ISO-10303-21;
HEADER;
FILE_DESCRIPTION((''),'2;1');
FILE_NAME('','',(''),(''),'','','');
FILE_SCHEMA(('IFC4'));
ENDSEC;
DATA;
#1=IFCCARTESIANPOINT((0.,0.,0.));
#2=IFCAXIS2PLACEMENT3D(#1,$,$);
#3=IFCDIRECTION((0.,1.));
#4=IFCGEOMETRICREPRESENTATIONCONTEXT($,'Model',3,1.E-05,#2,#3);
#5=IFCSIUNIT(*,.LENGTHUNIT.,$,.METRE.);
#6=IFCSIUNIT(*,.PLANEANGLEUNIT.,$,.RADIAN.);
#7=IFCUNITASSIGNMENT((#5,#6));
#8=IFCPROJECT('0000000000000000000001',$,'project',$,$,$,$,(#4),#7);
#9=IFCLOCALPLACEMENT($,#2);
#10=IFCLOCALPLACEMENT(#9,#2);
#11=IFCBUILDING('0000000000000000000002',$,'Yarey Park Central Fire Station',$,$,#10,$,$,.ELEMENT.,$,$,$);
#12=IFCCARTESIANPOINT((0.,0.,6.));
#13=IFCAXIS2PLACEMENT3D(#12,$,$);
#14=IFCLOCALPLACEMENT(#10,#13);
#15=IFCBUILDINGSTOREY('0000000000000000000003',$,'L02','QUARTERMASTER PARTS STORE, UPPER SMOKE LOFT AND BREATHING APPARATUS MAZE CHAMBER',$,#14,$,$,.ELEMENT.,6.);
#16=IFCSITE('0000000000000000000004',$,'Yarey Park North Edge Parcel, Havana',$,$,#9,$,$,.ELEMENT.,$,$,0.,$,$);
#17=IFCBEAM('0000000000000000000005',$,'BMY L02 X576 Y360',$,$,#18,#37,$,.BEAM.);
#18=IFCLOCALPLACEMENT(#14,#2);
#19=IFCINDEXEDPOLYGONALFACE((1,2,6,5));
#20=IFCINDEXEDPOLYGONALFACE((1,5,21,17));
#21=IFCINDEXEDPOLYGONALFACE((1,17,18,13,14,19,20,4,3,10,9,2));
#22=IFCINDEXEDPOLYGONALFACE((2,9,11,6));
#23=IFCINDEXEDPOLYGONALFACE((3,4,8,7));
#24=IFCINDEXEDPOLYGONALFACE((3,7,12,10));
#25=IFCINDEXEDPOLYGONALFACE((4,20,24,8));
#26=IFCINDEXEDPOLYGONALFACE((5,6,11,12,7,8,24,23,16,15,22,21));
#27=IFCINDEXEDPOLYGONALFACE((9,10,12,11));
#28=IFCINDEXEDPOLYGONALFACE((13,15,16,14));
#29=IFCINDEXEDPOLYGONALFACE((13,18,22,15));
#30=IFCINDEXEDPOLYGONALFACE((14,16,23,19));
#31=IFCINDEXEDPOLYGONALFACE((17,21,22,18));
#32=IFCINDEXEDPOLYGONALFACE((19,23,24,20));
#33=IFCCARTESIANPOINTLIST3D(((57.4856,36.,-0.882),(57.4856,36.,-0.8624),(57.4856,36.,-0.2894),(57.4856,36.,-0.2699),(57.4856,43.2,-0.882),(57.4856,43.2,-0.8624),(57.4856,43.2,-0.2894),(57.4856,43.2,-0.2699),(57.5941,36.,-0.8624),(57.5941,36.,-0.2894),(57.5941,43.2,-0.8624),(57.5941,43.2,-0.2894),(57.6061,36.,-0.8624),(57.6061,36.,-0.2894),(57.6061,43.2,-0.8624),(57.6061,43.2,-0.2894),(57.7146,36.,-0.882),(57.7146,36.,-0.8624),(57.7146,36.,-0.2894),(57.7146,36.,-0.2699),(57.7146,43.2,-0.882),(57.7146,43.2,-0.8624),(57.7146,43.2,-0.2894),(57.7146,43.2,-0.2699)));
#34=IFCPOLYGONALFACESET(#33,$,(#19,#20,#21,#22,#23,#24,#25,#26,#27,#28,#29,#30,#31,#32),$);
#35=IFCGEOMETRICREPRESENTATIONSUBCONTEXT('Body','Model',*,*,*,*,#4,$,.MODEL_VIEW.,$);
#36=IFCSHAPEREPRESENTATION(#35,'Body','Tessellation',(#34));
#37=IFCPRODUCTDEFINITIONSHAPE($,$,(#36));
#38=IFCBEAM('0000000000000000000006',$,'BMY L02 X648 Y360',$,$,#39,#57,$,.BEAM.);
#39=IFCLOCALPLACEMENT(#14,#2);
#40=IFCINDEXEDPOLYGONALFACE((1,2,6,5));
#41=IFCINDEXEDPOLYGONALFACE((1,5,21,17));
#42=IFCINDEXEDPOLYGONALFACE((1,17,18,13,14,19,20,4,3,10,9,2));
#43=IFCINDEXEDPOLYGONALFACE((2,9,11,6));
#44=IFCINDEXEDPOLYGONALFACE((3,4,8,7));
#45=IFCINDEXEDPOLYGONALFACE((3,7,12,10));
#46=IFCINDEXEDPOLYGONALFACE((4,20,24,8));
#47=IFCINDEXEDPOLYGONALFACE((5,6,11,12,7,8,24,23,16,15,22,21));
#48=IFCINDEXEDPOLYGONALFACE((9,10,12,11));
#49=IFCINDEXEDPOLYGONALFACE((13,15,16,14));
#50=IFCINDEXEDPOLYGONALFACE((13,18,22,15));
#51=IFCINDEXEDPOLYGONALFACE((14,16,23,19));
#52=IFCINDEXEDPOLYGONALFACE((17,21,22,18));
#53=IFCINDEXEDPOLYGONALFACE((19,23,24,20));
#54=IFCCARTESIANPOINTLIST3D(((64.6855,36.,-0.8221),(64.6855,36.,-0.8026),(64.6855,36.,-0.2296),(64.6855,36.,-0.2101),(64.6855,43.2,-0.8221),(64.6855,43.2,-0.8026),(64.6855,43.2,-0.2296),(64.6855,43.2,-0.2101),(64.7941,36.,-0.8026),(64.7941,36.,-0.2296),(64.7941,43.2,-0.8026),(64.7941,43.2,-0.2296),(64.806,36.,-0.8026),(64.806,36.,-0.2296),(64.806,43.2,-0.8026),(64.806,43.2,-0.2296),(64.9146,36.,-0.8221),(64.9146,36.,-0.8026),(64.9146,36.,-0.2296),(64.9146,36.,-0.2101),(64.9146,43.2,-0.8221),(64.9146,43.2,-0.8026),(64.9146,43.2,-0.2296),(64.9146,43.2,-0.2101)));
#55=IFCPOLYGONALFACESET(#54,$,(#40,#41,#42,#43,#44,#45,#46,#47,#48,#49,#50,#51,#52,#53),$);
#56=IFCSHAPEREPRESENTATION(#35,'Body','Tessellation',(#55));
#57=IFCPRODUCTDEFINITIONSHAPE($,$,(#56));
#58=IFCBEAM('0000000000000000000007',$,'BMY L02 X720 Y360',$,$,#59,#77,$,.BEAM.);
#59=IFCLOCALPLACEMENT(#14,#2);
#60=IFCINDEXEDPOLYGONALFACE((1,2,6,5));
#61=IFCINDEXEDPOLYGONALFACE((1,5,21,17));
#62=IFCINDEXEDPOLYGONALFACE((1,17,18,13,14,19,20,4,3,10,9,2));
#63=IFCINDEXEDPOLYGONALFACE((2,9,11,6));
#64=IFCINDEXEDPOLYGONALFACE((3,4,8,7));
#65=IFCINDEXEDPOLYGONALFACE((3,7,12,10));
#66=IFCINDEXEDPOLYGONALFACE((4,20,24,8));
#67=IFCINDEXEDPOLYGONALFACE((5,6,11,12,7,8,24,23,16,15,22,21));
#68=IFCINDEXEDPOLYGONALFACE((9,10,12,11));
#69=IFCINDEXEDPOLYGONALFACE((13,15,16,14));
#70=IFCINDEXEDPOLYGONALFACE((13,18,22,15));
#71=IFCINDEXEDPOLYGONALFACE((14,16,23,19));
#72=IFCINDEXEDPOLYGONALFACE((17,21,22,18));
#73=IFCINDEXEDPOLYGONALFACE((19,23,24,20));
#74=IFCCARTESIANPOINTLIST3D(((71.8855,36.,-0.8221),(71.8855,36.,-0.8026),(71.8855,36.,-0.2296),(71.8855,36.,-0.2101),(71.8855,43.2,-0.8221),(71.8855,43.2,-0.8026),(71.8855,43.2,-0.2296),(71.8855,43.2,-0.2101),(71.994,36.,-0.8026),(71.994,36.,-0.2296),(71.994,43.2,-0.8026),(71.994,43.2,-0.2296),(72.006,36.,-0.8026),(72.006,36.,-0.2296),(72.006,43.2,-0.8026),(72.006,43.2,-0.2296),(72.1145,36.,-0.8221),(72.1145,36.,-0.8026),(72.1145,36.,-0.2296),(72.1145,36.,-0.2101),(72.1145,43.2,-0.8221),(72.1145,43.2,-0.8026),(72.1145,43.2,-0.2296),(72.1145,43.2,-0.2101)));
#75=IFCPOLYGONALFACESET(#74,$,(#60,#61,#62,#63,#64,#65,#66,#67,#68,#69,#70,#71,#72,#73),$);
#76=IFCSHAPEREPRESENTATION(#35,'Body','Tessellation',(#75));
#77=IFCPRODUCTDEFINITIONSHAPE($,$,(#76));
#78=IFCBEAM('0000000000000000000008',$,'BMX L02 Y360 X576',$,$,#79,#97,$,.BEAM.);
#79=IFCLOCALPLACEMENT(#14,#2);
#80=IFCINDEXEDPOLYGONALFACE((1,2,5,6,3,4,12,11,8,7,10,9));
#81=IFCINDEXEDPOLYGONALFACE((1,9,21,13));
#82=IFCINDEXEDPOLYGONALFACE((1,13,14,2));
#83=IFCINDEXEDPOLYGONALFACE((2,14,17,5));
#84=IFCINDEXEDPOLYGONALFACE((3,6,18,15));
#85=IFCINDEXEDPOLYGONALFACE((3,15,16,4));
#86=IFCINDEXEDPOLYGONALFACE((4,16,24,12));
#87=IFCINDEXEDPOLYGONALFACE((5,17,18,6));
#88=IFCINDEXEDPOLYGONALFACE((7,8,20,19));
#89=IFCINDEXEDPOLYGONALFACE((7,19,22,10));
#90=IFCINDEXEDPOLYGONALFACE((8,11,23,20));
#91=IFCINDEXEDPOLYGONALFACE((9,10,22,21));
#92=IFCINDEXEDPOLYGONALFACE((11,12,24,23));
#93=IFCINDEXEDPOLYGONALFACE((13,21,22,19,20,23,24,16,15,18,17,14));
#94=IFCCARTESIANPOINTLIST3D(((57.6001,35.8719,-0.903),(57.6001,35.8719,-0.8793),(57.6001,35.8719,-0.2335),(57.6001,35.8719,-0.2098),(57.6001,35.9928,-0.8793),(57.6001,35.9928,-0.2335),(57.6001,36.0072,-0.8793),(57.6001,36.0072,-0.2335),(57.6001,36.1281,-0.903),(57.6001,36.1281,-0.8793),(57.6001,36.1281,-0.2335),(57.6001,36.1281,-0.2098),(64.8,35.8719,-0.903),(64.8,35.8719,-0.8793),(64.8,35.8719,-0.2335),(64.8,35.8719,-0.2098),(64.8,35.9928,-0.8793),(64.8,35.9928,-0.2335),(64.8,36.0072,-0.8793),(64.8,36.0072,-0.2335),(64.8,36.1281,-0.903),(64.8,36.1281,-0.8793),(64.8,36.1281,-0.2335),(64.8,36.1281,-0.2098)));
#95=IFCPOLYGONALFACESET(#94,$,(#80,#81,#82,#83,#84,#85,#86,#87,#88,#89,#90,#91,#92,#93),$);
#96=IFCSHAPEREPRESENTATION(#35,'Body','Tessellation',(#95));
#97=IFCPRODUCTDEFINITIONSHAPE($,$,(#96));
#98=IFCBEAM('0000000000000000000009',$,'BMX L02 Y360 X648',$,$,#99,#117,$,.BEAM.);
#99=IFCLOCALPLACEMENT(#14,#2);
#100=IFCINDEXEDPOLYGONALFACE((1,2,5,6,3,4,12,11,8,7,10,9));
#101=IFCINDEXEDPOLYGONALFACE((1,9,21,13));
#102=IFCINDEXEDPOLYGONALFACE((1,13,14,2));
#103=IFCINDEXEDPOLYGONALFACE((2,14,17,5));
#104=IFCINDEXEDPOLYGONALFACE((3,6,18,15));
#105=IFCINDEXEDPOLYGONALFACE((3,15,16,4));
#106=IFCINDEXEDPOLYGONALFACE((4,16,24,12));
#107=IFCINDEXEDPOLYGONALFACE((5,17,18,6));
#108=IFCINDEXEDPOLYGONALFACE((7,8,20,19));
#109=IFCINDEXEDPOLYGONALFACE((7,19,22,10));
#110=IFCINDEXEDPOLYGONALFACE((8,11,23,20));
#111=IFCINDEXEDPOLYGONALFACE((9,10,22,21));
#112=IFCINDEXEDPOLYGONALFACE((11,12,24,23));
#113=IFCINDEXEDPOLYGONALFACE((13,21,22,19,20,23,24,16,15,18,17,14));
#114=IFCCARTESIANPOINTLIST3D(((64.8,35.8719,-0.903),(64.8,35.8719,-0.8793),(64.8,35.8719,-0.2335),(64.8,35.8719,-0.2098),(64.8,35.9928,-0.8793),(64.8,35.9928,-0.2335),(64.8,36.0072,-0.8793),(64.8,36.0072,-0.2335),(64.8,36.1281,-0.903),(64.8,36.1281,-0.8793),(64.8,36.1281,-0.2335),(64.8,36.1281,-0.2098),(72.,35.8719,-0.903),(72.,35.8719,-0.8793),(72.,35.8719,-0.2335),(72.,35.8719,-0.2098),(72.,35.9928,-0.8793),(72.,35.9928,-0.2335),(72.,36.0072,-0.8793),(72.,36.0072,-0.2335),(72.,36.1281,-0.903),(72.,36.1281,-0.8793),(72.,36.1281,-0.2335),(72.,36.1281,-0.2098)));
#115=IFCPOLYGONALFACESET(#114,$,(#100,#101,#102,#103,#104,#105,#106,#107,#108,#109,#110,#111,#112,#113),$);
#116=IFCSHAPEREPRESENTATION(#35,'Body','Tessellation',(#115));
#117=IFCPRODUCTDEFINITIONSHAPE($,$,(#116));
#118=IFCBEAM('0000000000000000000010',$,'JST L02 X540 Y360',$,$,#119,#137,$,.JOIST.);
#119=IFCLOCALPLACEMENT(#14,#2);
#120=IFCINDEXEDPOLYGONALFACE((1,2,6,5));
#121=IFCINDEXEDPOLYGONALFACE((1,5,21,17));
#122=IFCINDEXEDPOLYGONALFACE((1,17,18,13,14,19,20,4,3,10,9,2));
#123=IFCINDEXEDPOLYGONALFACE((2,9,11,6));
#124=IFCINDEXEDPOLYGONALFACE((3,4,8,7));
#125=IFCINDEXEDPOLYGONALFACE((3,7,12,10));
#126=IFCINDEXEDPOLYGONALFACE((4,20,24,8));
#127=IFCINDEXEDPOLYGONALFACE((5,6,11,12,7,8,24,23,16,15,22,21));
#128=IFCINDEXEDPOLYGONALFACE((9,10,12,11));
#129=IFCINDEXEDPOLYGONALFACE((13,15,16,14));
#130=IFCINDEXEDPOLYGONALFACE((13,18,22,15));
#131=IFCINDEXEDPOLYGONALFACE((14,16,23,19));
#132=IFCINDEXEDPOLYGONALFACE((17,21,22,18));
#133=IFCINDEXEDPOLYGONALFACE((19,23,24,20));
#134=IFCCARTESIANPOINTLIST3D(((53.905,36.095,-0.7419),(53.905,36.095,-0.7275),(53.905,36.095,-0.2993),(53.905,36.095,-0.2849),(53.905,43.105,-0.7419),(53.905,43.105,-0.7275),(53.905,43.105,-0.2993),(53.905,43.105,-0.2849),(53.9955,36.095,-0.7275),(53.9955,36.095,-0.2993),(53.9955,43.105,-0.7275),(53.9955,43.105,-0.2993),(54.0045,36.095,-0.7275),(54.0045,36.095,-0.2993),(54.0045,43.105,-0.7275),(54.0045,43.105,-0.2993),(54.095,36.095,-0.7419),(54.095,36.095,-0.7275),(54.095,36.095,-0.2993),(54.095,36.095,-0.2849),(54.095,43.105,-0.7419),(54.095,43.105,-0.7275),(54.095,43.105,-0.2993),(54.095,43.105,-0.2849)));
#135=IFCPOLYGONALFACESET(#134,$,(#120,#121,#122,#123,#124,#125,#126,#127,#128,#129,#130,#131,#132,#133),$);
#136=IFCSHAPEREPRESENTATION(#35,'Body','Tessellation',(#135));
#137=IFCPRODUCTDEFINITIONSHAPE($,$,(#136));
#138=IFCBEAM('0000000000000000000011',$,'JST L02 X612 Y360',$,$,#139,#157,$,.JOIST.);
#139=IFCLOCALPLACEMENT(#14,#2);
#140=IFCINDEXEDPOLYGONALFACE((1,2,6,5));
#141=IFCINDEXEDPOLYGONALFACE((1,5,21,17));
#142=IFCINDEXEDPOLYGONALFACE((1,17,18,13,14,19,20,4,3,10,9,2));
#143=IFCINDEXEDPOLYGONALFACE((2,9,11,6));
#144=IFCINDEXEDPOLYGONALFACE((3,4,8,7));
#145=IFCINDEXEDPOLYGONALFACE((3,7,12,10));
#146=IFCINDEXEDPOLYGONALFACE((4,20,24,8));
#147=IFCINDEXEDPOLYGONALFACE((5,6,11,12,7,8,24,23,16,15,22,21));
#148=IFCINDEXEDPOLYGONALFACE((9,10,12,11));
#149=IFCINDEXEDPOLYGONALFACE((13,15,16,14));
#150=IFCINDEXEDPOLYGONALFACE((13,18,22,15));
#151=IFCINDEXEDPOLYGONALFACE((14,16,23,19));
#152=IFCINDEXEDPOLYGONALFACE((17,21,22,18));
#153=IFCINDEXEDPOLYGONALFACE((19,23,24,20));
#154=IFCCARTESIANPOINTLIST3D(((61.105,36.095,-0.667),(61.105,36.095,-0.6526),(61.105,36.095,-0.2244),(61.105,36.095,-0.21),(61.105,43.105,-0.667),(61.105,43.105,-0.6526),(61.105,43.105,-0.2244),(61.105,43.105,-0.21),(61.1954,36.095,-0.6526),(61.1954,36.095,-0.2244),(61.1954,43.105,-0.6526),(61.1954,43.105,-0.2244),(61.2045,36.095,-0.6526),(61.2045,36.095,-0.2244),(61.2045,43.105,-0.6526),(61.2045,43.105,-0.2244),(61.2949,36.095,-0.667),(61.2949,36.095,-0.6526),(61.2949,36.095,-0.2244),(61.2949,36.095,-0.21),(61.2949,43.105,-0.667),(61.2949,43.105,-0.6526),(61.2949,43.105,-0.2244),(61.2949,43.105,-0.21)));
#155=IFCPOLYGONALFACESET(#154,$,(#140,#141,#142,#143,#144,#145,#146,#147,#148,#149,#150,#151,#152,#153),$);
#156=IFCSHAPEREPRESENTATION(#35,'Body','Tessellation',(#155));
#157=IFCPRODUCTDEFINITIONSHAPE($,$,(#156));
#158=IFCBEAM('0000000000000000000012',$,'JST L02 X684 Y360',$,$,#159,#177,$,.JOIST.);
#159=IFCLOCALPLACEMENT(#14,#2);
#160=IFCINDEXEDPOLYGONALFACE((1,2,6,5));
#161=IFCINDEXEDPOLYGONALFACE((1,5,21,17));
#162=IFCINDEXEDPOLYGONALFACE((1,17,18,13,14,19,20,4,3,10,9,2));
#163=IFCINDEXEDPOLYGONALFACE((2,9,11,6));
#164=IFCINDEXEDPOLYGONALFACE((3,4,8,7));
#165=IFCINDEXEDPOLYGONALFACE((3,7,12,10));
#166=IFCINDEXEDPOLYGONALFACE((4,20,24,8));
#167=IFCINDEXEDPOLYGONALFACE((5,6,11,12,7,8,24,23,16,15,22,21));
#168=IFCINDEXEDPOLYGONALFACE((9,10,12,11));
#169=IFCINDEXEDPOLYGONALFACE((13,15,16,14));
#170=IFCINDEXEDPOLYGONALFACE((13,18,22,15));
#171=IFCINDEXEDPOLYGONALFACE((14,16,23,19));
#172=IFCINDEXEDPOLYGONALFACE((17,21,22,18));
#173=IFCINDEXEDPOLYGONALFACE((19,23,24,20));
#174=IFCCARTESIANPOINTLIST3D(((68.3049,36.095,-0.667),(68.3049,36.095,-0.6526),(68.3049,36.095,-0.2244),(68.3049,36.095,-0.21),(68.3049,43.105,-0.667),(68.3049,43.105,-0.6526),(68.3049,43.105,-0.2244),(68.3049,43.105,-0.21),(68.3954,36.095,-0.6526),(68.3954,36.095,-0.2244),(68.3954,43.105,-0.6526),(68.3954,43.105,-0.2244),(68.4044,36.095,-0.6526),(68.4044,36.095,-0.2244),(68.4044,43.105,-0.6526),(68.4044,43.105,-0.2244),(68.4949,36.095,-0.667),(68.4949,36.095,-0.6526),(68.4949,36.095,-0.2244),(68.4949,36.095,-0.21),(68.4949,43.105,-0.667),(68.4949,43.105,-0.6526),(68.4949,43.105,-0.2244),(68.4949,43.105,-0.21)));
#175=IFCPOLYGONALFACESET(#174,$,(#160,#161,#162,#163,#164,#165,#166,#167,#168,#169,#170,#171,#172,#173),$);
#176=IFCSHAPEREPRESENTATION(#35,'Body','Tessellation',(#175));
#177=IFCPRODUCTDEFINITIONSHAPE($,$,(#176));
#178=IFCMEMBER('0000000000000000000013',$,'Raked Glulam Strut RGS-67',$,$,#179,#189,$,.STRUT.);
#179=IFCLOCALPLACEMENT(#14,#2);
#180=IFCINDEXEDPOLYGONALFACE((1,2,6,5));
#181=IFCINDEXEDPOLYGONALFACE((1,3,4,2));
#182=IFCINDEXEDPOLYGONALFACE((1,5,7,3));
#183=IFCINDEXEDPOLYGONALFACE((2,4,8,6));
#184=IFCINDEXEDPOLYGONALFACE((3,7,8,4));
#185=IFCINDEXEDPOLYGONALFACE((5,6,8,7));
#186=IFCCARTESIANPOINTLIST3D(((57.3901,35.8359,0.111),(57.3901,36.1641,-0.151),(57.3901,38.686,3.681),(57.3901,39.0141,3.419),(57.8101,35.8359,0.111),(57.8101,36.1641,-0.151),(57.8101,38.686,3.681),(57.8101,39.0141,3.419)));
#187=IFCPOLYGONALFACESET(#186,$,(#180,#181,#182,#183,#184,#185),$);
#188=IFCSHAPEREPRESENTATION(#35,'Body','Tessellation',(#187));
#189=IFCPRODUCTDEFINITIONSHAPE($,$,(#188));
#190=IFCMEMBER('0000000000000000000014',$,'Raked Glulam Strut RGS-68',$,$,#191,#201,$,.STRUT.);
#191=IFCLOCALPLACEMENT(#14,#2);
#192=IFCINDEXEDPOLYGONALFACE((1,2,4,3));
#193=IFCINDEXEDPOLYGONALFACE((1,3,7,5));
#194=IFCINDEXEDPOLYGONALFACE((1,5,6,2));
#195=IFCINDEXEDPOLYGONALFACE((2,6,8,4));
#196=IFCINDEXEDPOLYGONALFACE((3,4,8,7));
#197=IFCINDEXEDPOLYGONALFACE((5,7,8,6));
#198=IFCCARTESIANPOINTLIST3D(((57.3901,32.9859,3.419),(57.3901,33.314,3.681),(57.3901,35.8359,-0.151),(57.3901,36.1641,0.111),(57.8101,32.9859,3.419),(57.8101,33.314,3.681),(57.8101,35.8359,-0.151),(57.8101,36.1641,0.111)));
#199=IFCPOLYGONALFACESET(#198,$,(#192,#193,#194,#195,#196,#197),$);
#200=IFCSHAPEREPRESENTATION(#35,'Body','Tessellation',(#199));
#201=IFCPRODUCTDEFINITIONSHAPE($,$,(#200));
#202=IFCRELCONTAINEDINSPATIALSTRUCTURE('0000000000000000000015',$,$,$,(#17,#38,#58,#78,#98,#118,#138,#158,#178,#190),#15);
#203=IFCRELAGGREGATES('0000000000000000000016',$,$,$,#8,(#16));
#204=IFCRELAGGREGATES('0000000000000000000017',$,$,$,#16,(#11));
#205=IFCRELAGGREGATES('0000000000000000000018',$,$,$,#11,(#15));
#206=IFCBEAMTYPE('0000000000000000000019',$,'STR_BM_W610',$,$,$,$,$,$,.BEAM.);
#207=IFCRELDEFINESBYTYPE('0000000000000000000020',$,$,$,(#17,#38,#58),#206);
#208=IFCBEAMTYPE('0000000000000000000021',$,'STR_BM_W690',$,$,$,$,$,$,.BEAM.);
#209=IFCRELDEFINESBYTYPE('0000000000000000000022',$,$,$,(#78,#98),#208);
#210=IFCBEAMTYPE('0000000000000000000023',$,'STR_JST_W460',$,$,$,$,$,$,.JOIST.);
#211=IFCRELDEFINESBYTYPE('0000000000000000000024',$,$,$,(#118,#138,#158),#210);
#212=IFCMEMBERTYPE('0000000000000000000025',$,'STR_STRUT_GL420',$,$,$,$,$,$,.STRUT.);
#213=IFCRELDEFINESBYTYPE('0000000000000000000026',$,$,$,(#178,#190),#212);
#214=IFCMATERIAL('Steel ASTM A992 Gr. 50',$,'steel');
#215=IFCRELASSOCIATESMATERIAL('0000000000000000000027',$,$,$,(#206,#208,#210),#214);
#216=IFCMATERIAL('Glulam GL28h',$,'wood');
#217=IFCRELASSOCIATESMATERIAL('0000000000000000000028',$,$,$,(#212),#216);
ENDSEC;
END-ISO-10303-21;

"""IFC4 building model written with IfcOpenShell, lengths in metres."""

from ifc_helpers import new_model, si_unit, direction, frame, origin, origin_2d, place, context, subcontext, project, spatial, rectangle, i_section, extrude, material, material_profile, profile_set, type_object, element, save


model = new_model("IFC4")

# Units and contexts
model_context = context("Model", 3, precision=1e-05, world=origin(), true_north=direction((0.0, 1.0)))
body_context = subcontext(model_context, "Body", "Model", "MODEL_VIEW")
ifc_project = project(units=[si_unit("LENGTHUNIT", "METRE"), si_unit("PLANEANGLEUNIT", "RADIAN")], contexts=[model_context])

# Site, building, storey
site_placement = place(None, origin())
site = spatial("IfcSite", under=ifc_project, at=site_placement, Name="Yarey Park North Edge Parcel, Havana", CompositionType="ELEMENT", RefElevation=0.0)
building_placement = place(site_placement, origin())
building = spatial("IfcBuilding", under=site, at=building_placement, Name="Yarey Park Central Fire Station", CompositionType="ELEMENT")
storey_placement = place(building_placement, frame((0.0, 0.0, 6.0)))
storey = spatial("IfcBuildingStorey", under=building, at=storey_placement, Name="L02", Description="QUARTERMASTER PARTS STORE, UPPER SMOKE LOFT AND BREATHING APPARATUS MAZE CHAMBER", CompositionType="ELEMENT", Elevation=6.0)

# Shared definitions
ifc_material_1 = material(Name="Steel ASTM A992 Gr. 50", Category="steel")

# Beams
ifc_material_profile_1 = material_profile(ifc_material_1, i_section(OverallWidth=0.229, OverallDepth=0.6121, WebThickness=0.012, FlangeThickness=0.0195, at=origin_2d()), Name="W610x125")
ifc_profile_set_1 = profile_set([ifc_material_profile_1], Name="Steel ASTM A992 Gr. 50")
beam_type_1 = type_object("IfcBeamType", Name="STR_BM_W610", PredefinedType="BEAM", material=ifc_profile_set_1)
for number, where, z_axis, x_axis, name in (
    (1, (57.6001, 36.0, -0.5759), (0.0, 1.0, 0.0), (-1.0, 0.0, 0.0), "BMY L02 X576 Y360"),
    (2, (64.8, 36.0, -0.5161), (0.0, 1.0, 0.0), (-1.0, 0.0, 0.0), "BMY L02 X648 Y360"),
    (3, (72.0, 36.0, -0.5161), (0.0, 1.0, 0.0), (-1.0, 0.0, 0.0), "BMY L02 X720 Y360"),
):
    element("IfcBeam", number, at=place(storey_placement, frame(where, z_axis=z_axis, x_axis=x_axis)), inside=storey, type_object=beam_type_1, Name=name, PredefinedType="BEAM", context=body_context, shape_type="SweptSolid", body=[
        extrude(i_section(OverallWidth=0.229, OverallDepth=0.6121, WebThickness=0.012, FlangeThickness=0.0195, at=origin_2d()), origin(), (0.0, 0.0, 1.0), 7.2),
    ])
ifc_material_profile_2 = material_profile(ifc_material_1, i_section(OverallWidth=0.2561, OverallDepth=0.6931, WebThickness=0.0144, FlangeThickness=0.0237, at=origin_2d()), Name="W690x170")
ifc_profile_set_2 = profile_set([ifc_material_profile_2], Name="Steel ASTM A992 Gr. 50")
beam_type_2 = type_object("IfcBeamType", Name="STR_BM_W690", PredefinedType="BEAM", material=ifc_profile_set_2)
for number, where, z_axis, x_axis, name in (
    (4, (57.6001, 36.0, -0.5564), (1.0, 0.0, 0.0), (0.0, 1.0, 0.0), "BMX L02 Y360 X576"),
    (5, (64.8, 36.0, -0.5564), (1.0, 0.0, 0.0), (0.0, 1.0, 0.0), "BMX L02 Y360 X648"),
):
    element("IfcBeam", number, at=place(storey_placement, frame(where, z_axis=z_axis, x_axis=x_axis)), inside=storey, type_object=beam_type_2, Name=name, PredefinedType="BEAM", context=body_context, shape_type="SweptSolid", body=[
        extrude(i_section(OverallWidth=0.2561, OverallDepth=0.6931, WebThickness=0.0144, FlangeThickness=0.0237, at=origin_2d()), origin(), (0.0, 0.0, 1.0), 7.2),
    ])
ifc_material_profile_3 = material_profile(ifc_material_1, i_section(OverallWidth=0.1899, OverallDepth=0.457, WebThickness=0.009, FlangeThickness=0.0144, at=origin_2d()), Name="W460x74")
ifc_profile_set_3 = profile_set([ifc_material_profile_3], Name="Steel ASTM A992 Gr. 50")
beam_type_3 = type_object("IfcBeamType", Name="STR_JST_W460", PredefinedType="JOIST", material=ifc_profile_set_3)
for number, where, z_axis, x_axis, name in (
    (6, (54.0, 36.095, -0.5134), (0.0, 1.0, 0.0), (-1.0, 0.0, 0.0), "JST L02 X540 Y360"),
    (7, (61.2, 36.095, -0.4385), (0.0, 1.0, 0.0), (-1.0, 0.0, 0.0), "JST L02 X612 Y360"),
    (8, (68.3999, 36.095, -0.4385), (0.0, 1.0, 0.0), (-1.0, 0.0, 0.0), "JST L02 X684 Y360"),
):
    element("IfcBeam", number, at=place(storey_placement, frame(where, z_axis=z_axis, x_axis=x_axis)), inside=storey, type_object=beam_type_3, Name=name, PredefinedType="JOIST", context=body_context, shape_type="SweptSolid", body=[
        extrude(i_section(OverallWidth=0.1899, OverallDepth=0.457, WebThickness=0.009, FlangeThickness=0.0144, at=origin_2d()), origin(), (0.0, 0.0, 1.0), 7.01),
    ])

# Members
ifc_material_2 = material(Name="Glulam GL28h", Category="wood")
ifc_material_profile_4 = material_profile(ifc_material_2, rectangle(XDim=0.4199, YDim=0.4199, at=origin_2d()), Name="GL 420x420")
ifc_profile_set_4 = profile_set([ifc_material_profile_4], Name="Glulam GL28h")
member_type_1 = type_object("IfcMemberType", Name="STR_STRUT_GL420", PredefinedType="STRUT", material=ifc_profile_set_4)
for number, where, z_axis, x_axis, name in (
    (9, (57.6001, 36.0, -0.02), (0.0, 0.6239, 0.781505), (-1.0, 0.0, 0.0), "Raked Glulam Strut RGS-67"),
    (10, (57.6001, 36.0, -0.02), (0.0, -0.6239, 0.781505), (1.0, 0.0, 0.0), "Raked Glulam Strut RGS-68"),
):
    element("IfcMember", number, at=place(storey_placement, frame(where, z_axis=z_axis, x_axis=x_axis)), inside=storey, type_object=member_type_1, Name=name, PredefinedType="STRUT", context=body_context, shape_type="SweptSolid", body=[
        extrude(rectangle(XDim=0.4199, YDim=0.4199, at=origin_2d()), origin(), (0.0, 0.0, 1.0), 4.5681),
    ])

save(model, "model.ifc")
